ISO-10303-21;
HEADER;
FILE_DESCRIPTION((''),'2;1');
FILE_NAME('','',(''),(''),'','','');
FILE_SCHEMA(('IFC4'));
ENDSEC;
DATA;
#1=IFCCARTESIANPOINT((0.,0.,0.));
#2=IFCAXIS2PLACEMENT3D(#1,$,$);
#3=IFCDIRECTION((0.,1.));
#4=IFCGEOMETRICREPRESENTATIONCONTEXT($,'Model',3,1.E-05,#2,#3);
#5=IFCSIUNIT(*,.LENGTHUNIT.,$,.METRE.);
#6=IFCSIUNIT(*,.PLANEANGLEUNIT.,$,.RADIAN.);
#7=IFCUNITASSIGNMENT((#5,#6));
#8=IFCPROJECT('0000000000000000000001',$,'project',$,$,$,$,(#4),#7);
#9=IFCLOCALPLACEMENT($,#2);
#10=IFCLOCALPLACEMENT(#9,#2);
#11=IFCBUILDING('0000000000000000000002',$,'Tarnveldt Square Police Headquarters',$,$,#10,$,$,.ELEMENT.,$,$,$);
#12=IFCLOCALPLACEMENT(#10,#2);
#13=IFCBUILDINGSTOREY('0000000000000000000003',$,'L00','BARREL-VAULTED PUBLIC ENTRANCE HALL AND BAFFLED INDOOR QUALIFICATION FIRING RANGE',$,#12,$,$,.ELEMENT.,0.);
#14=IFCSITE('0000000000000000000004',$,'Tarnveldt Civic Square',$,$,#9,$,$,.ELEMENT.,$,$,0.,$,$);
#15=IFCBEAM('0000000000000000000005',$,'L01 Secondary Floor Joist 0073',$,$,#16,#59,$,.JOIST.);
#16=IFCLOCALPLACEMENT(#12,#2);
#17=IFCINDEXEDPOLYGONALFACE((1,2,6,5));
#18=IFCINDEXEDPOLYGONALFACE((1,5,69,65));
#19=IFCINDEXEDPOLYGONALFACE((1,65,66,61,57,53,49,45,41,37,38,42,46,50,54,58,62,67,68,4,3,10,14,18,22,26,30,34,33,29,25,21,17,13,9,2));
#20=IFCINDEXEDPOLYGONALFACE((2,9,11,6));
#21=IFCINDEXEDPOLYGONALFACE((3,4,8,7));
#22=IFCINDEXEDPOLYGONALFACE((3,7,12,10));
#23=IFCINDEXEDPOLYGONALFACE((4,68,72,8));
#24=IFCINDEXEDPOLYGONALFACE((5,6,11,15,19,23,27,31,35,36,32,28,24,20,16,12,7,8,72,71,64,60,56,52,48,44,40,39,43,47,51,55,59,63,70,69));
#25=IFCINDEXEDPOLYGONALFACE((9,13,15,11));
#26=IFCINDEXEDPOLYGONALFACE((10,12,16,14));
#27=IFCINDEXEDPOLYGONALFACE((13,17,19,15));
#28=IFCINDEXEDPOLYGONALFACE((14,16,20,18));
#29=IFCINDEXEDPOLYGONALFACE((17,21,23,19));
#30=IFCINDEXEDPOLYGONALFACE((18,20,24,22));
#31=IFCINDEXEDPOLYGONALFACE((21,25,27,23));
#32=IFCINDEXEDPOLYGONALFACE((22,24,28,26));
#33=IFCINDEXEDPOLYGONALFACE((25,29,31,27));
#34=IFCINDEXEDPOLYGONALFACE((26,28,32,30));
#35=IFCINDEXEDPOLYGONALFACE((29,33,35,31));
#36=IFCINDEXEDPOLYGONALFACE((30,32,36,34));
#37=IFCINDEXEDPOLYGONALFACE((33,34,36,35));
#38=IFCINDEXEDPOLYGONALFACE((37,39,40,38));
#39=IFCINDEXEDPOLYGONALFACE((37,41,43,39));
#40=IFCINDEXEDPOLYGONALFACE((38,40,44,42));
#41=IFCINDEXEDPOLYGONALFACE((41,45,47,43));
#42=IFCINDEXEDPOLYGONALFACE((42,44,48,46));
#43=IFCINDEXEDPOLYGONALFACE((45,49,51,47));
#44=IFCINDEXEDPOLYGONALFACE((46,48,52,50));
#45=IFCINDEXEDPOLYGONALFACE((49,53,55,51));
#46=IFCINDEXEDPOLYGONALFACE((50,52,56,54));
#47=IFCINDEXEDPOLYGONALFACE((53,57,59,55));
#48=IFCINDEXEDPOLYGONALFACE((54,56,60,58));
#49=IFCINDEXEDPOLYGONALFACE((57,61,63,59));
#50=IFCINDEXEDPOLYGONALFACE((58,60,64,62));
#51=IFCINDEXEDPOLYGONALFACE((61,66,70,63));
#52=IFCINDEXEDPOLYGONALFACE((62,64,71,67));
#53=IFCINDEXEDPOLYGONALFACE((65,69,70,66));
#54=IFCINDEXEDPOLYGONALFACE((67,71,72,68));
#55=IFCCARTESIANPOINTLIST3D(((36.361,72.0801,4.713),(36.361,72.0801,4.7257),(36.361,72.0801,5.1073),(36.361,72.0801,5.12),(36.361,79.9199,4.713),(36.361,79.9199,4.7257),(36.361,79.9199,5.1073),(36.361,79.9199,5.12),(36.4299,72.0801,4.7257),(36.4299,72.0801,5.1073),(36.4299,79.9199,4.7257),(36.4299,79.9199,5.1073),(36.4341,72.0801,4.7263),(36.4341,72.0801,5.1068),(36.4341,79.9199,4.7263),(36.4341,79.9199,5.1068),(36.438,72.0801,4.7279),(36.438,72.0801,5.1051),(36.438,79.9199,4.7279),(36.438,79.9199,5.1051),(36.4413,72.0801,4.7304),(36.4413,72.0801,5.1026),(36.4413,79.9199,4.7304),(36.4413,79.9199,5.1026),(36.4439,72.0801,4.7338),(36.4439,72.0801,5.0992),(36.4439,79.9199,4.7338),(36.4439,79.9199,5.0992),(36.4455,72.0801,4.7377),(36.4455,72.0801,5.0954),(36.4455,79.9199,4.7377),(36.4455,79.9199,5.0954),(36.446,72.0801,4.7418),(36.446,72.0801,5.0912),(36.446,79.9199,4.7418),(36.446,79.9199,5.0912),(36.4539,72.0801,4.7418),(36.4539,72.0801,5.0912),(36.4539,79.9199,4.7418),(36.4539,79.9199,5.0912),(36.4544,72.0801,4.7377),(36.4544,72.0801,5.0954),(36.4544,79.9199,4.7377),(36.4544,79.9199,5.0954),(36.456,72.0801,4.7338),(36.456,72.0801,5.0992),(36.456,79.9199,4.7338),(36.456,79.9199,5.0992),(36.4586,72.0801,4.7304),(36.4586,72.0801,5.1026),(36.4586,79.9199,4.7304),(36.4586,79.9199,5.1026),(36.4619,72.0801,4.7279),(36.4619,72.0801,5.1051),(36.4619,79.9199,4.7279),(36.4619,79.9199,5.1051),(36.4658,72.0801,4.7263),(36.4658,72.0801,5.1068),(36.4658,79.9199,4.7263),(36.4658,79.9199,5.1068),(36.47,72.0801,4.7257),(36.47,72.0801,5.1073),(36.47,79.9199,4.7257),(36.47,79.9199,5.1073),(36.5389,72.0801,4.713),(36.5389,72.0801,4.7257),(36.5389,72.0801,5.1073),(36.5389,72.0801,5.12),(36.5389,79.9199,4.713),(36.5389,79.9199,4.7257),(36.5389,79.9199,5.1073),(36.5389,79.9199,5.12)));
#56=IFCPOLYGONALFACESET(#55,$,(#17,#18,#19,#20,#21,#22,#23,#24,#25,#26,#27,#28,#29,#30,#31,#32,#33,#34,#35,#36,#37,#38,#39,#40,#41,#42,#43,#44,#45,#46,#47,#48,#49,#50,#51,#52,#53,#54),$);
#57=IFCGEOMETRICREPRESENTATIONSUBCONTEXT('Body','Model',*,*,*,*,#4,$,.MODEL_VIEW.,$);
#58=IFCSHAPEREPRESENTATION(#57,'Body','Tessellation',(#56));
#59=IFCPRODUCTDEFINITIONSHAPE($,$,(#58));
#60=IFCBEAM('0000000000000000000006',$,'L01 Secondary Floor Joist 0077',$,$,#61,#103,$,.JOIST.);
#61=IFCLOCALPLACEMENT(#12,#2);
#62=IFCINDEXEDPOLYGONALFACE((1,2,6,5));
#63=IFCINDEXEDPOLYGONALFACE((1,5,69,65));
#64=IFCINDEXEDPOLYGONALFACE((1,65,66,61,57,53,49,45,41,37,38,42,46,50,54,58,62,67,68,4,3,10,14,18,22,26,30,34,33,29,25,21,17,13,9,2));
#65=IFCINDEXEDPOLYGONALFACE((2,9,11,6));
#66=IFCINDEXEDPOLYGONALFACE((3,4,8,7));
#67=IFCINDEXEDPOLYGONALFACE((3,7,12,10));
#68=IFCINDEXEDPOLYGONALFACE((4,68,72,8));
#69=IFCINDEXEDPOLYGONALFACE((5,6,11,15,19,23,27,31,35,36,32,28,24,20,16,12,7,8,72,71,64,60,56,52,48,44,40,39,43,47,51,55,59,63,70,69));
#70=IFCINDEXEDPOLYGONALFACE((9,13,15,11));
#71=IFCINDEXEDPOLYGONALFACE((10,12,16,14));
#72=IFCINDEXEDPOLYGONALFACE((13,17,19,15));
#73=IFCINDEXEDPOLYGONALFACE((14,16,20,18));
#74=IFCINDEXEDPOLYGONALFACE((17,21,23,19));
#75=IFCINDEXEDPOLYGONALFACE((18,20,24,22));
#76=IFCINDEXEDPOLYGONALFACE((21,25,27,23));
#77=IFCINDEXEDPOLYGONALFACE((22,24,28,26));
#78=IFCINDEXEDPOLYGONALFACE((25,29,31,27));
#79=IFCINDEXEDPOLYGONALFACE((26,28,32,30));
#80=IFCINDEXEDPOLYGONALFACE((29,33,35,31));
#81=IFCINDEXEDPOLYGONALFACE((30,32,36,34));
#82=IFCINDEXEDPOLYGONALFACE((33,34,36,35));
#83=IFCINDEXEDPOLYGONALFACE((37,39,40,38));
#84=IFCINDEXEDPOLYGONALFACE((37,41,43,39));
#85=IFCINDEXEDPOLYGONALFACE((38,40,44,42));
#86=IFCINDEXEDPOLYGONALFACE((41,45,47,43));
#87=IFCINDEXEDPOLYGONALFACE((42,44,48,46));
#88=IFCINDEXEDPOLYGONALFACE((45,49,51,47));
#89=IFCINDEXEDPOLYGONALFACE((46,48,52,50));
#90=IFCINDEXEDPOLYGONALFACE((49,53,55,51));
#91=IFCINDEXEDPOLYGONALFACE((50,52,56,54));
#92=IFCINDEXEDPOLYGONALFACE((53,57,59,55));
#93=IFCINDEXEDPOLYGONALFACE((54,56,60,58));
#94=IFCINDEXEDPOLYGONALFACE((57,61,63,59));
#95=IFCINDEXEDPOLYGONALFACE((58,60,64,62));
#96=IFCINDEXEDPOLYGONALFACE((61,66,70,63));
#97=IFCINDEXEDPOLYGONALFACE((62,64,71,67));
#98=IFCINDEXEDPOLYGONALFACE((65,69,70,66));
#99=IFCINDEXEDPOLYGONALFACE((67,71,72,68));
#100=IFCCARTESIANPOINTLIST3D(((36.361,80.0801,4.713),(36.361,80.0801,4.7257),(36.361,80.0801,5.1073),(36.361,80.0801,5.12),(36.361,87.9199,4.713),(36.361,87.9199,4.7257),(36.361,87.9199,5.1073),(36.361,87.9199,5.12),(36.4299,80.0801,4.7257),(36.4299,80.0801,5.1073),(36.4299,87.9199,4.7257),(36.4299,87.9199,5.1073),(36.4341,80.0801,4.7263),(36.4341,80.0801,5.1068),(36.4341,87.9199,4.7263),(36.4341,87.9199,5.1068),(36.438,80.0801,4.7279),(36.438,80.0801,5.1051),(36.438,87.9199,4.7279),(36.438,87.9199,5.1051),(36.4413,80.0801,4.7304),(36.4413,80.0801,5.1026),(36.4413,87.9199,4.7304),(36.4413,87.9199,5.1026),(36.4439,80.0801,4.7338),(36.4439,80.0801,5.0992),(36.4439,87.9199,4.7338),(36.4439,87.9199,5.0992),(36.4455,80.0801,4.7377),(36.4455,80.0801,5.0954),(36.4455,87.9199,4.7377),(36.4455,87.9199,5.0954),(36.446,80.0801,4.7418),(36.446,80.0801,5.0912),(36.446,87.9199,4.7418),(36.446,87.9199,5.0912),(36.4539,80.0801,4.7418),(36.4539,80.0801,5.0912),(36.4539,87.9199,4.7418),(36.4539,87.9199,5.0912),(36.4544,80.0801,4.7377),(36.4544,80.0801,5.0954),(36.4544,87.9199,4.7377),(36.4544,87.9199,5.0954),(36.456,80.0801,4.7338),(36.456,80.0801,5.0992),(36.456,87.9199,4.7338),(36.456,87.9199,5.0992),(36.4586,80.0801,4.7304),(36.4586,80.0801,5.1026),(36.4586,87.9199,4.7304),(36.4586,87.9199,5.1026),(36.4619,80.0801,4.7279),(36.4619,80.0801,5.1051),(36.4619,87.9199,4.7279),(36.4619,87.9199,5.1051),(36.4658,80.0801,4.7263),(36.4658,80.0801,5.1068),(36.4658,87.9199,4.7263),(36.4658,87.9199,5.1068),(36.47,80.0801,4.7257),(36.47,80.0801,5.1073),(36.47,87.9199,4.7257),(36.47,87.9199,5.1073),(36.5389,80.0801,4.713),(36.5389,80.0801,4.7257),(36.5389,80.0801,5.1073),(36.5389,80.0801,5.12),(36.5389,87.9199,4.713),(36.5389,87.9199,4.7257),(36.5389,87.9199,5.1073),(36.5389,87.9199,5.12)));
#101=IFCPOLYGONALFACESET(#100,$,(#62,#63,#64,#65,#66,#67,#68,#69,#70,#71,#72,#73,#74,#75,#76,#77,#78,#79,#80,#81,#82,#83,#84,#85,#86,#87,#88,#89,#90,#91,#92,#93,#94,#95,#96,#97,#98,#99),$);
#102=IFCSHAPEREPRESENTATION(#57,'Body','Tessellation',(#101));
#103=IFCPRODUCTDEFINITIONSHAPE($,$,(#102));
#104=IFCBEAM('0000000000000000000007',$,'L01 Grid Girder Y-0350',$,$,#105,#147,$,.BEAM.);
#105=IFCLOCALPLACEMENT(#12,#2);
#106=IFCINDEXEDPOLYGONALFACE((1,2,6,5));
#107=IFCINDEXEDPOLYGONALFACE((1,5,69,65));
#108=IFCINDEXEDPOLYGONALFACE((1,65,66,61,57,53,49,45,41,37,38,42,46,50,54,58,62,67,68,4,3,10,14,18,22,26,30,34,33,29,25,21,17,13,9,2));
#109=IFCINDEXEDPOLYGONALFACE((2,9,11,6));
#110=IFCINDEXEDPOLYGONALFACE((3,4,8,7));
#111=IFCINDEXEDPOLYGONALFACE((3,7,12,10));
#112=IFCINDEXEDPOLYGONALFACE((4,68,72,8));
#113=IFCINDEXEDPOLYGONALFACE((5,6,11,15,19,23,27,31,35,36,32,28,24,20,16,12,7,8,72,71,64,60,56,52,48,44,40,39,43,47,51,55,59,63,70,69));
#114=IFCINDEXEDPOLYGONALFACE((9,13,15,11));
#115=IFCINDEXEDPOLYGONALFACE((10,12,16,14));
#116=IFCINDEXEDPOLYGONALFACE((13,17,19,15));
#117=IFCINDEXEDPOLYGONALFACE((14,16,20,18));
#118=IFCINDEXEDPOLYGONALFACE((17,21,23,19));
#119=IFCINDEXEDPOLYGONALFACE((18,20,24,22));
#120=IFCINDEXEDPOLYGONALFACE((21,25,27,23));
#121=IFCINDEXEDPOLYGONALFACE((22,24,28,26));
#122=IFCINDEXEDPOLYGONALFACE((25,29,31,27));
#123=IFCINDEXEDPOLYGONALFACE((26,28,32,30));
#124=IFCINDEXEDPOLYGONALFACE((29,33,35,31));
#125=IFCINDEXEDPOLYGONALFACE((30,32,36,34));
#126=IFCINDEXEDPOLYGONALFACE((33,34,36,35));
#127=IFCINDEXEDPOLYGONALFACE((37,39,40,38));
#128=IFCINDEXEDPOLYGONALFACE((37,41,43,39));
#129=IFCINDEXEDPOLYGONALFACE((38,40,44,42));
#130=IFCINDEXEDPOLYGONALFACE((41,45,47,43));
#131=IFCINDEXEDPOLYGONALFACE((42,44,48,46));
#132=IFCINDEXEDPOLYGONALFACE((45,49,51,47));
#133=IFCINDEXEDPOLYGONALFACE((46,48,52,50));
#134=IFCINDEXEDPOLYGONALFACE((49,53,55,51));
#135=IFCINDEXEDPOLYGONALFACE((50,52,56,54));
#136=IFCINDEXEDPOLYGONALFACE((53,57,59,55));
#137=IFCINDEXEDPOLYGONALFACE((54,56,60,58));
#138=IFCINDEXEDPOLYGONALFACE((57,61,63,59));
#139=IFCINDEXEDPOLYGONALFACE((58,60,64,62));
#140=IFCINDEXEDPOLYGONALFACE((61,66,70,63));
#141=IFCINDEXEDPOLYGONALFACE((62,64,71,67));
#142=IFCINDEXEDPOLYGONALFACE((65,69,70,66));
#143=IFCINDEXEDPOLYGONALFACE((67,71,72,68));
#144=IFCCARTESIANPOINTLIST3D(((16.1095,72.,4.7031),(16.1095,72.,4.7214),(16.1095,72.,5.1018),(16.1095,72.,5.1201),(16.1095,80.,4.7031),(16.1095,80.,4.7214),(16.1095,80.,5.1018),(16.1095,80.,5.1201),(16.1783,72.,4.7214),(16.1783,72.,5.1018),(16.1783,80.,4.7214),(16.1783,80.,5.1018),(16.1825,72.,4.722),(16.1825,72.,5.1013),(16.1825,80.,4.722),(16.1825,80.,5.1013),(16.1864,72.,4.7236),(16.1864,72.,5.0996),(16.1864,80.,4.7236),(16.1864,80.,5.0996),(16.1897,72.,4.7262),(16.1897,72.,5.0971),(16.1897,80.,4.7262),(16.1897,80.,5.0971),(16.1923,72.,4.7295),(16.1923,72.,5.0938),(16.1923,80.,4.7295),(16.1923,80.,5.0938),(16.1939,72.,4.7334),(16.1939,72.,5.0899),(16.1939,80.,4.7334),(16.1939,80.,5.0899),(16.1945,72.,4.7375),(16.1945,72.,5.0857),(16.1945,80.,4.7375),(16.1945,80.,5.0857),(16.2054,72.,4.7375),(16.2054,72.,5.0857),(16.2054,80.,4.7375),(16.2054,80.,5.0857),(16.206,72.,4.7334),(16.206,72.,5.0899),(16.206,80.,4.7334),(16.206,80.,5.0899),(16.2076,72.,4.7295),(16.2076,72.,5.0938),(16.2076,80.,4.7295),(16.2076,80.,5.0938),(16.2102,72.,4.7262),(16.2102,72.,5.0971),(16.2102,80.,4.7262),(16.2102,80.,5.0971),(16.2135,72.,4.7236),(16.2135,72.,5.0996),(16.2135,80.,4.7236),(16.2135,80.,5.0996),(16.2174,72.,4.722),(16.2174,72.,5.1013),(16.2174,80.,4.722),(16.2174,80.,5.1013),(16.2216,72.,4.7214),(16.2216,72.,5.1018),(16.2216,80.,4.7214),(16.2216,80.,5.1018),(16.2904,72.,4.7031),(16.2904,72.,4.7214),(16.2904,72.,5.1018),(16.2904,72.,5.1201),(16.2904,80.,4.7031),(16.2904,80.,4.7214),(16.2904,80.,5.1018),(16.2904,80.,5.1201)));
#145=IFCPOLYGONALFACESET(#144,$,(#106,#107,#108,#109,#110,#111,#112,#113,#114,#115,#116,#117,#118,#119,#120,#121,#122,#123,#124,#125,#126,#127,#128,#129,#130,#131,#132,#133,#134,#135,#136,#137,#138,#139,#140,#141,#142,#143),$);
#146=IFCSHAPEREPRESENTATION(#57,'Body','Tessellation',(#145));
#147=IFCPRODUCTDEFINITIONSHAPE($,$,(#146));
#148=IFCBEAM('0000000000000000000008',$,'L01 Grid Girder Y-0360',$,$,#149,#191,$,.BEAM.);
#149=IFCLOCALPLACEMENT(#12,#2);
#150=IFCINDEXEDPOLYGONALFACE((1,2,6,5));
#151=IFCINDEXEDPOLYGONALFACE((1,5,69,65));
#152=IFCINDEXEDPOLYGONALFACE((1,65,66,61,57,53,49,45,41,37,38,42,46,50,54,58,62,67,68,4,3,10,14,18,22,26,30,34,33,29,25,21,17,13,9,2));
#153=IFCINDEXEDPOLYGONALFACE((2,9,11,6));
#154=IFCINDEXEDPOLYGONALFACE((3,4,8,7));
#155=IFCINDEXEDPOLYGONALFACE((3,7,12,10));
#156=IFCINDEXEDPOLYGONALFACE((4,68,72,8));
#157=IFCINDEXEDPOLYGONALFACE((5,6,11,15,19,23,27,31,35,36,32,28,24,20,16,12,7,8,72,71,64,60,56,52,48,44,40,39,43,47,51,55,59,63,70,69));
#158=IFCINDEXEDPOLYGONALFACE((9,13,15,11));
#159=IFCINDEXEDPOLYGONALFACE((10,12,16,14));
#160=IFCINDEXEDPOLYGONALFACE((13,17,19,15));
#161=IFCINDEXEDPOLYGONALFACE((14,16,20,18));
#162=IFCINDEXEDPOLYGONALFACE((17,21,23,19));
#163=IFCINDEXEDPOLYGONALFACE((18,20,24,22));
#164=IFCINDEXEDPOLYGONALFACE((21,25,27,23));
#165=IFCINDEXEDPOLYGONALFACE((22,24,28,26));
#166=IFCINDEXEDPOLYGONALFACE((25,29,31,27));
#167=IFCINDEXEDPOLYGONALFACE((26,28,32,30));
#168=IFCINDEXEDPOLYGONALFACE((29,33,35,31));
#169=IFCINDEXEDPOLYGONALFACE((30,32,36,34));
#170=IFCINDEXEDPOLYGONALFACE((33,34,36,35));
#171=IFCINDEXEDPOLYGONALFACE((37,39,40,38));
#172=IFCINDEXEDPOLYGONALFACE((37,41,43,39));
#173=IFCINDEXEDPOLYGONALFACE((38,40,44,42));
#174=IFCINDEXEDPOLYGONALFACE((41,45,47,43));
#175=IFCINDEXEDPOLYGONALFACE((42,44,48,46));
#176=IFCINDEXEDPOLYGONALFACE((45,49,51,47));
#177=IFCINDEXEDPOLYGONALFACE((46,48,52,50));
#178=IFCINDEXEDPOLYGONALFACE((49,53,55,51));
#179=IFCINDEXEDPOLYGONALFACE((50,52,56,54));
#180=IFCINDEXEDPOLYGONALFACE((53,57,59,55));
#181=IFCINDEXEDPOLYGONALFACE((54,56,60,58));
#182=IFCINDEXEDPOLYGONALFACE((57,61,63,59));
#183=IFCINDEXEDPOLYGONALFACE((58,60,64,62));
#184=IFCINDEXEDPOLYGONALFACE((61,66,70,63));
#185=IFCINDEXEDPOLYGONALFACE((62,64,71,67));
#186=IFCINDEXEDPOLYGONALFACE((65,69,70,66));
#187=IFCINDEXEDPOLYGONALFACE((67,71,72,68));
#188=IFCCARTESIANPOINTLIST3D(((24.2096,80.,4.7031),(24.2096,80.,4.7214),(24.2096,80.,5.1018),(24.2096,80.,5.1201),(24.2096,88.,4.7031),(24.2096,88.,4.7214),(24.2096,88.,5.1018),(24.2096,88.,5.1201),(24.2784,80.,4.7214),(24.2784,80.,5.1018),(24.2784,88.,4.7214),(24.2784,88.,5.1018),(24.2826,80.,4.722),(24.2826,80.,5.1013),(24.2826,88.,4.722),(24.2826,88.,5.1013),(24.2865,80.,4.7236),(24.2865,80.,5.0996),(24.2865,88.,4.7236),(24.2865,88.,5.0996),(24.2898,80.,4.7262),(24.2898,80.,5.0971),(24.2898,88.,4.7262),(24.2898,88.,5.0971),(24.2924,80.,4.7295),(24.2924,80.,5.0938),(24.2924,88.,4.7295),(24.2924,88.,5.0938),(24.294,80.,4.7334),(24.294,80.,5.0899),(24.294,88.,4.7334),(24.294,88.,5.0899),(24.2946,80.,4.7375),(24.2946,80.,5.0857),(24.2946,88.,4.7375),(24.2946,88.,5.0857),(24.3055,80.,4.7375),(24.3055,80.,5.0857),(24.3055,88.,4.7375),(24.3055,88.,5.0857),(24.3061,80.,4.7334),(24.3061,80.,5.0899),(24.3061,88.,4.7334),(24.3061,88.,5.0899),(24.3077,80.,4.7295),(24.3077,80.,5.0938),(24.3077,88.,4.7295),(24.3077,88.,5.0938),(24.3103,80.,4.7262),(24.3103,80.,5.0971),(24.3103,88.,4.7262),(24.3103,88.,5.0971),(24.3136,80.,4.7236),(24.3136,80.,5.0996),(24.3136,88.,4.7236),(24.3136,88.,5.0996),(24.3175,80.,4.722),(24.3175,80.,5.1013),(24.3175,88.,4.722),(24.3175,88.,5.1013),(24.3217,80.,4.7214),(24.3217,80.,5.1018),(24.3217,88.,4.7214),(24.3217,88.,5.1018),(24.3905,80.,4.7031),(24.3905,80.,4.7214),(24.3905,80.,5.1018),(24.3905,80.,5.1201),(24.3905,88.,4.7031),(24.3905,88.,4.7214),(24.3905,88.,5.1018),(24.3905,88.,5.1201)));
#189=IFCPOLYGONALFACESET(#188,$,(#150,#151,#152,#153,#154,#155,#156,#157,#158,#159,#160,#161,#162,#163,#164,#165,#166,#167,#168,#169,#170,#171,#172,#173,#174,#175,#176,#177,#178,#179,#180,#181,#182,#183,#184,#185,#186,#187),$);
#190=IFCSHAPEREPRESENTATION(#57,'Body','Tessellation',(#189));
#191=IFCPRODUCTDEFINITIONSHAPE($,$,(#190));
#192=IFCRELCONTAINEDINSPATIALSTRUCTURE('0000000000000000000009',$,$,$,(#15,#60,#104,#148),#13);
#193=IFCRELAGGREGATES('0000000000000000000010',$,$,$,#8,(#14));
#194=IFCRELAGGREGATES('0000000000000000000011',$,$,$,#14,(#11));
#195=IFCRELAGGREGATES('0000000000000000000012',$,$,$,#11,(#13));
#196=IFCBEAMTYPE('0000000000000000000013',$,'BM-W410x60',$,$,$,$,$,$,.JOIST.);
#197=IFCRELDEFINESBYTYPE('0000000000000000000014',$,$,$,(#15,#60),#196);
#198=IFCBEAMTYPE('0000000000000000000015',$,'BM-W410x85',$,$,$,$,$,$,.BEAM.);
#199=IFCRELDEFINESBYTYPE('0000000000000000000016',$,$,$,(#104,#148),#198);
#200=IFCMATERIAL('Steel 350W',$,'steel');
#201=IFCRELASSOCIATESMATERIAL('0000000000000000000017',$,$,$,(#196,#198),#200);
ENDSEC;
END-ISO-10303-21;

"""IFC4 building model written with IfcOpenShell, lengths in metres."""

from ifc_helpers import new_model, si_unit, direction, frame, origin, origin_2d, place, context, subcontext, project, spatial, i_section, extrude, material, material_profile, profile_set, type_object, element, save


model = new_model("IFC4")

# Units and contexts
model_context = context("Model", 3, precision=1e-05, world=origin(), true_north=direction((0.0, 1.0)))
body_context = subcontext(model_context, "Body", "Model", "MODEL_VIEW")
ifc_project = project(units=[si_unit("LENGTHUNIT", "METRE"), si_unit("PLANEANGLEUNIT", "RADIAN")], contexts=[model_context])

# Site, building, storey
site_placement = place(None, origin())
site = spatial("IfcSite", under=ifc_project, at=site_placement, Name="Tarnveldt Civic Square", CompositionType="ELEMENT", RefElevation=0.0)
building_placement = place(site_placement, origin())
building = spatial("IfcBuilding", under=site, at=building_placement, Name="Tarnveldt Square Police Headquarters", CompositionType="ELEMENT")
storey_placement = place(building_placement, origin())
storey = spatial("IfcBuildingStorey", under=building, at=storey_placement, Name="L00", Description="BARREL-VAULTED PUBLIC ENTRANCE HALL AND BAFFLED INDOOR QUALIFICATION FIRING RANGE", CompositionType="ELEMENT", Elevation=0.0)

# Beams
ifc_material_1 = material(Name="Steel 350W", Category="steel")
ifc_material_profile_1 = material_profile(ifc_material_1, i_section(OverallWidth=0.178, OverallDepth=0.407, WebThickness=0.0078, FlangeThickness=0.0127, FilletRadius=0.0161, at=origin_2d()), Name="W410x60")
ifc_profile_set_1 = profile_set([ifc_material_profile_1], Name="Steel 350W")
beam_type_1 = type_object("IfcBeamType", Name="BM-W410x60", PredefinedType="JOIST", material=ifc_profile_set_1)
for number, where, z_axis, x_axis, name in (
    (1, (36.45, 72.0801, 4.9165), (0.0, 1.0, 0.0), (-1.0, 0.0, 0.0), "L01 Secondary Floor Joist 0073"),
    (2, (36.45, 80.0801, 4.9165), (0.0, 1.0, 0.0), (-1.0, 0.0, 0.0), "L01 Secondary Floor Joist 0077"),
):
    element("IfcBeam", number, at=place(storey_placement, frame(where, z_axis=z_axis, x_axis=x_axis)), inside=storey, type_object=beam_type_1, Name=name, PredefinedType="JOIST", context=body_context, shape_type="SweptSolid", body=[
        extrude(i_section(OverallWidth=0.178, OverallDepth=0.407, WebThickness=0.0078, FlangeThickness=0.0127, FilletRadius=0.0161, at=origin_2d()), origin(), (0.0, 0.0, 1.0), 7.8398),
    ])
ifc_material_profile_2 = material_profile(ifc_material_1, i_section(OverallWidth=0.1809, OverallDepth=0.417, WebThickness=0.011, FlangeThickness=0.0183, FilletRadius=0.0161, at=origin_2d()), Name="W410x85")
ifc_profile_set_2 = profile_set([ifc_material_profile_2], Name="Steel 350W")
beam_type_2 = type_object("IfcBeamType", Name="BM-W410x85", PredefinedType="BEAM", material=ifc_profile_set_2)
for number, where, z_axis, x_axis, name in (
    (3, (16.2, 72.0, 4.9116), (0.0, 1.0, 0.0), (-1.0, 0.0, 0.0), "L01 Grid Girder Y-0350"),
    (4, (24.3, 80.0, 4.9116), (0.0, 1.0, 0.0), (-1.0, 0.0, 0.0), "L01 Grid Girder Y-0360"),
):
    element("IfcBeam", number, at=place(storey_placement, frame(where, z_axis=z_axis, x_axis=x_axis)), inside=storey, type_object=beam_type_2, Name=name, PredefinedType="BEAM", context=body_context, shape_type="SweptSolid", body=[
        extrude(i_section(OverallWidth=0.1809, OverallDepth=0.417, WebThickness=0.011, FlangeThickness=0.0183, FilletRadius=0.0161, at=origin_2d()), origin(), (0.0, 0.0, 1.0), 8.0),
    ])

save(model, "model.ifc")
